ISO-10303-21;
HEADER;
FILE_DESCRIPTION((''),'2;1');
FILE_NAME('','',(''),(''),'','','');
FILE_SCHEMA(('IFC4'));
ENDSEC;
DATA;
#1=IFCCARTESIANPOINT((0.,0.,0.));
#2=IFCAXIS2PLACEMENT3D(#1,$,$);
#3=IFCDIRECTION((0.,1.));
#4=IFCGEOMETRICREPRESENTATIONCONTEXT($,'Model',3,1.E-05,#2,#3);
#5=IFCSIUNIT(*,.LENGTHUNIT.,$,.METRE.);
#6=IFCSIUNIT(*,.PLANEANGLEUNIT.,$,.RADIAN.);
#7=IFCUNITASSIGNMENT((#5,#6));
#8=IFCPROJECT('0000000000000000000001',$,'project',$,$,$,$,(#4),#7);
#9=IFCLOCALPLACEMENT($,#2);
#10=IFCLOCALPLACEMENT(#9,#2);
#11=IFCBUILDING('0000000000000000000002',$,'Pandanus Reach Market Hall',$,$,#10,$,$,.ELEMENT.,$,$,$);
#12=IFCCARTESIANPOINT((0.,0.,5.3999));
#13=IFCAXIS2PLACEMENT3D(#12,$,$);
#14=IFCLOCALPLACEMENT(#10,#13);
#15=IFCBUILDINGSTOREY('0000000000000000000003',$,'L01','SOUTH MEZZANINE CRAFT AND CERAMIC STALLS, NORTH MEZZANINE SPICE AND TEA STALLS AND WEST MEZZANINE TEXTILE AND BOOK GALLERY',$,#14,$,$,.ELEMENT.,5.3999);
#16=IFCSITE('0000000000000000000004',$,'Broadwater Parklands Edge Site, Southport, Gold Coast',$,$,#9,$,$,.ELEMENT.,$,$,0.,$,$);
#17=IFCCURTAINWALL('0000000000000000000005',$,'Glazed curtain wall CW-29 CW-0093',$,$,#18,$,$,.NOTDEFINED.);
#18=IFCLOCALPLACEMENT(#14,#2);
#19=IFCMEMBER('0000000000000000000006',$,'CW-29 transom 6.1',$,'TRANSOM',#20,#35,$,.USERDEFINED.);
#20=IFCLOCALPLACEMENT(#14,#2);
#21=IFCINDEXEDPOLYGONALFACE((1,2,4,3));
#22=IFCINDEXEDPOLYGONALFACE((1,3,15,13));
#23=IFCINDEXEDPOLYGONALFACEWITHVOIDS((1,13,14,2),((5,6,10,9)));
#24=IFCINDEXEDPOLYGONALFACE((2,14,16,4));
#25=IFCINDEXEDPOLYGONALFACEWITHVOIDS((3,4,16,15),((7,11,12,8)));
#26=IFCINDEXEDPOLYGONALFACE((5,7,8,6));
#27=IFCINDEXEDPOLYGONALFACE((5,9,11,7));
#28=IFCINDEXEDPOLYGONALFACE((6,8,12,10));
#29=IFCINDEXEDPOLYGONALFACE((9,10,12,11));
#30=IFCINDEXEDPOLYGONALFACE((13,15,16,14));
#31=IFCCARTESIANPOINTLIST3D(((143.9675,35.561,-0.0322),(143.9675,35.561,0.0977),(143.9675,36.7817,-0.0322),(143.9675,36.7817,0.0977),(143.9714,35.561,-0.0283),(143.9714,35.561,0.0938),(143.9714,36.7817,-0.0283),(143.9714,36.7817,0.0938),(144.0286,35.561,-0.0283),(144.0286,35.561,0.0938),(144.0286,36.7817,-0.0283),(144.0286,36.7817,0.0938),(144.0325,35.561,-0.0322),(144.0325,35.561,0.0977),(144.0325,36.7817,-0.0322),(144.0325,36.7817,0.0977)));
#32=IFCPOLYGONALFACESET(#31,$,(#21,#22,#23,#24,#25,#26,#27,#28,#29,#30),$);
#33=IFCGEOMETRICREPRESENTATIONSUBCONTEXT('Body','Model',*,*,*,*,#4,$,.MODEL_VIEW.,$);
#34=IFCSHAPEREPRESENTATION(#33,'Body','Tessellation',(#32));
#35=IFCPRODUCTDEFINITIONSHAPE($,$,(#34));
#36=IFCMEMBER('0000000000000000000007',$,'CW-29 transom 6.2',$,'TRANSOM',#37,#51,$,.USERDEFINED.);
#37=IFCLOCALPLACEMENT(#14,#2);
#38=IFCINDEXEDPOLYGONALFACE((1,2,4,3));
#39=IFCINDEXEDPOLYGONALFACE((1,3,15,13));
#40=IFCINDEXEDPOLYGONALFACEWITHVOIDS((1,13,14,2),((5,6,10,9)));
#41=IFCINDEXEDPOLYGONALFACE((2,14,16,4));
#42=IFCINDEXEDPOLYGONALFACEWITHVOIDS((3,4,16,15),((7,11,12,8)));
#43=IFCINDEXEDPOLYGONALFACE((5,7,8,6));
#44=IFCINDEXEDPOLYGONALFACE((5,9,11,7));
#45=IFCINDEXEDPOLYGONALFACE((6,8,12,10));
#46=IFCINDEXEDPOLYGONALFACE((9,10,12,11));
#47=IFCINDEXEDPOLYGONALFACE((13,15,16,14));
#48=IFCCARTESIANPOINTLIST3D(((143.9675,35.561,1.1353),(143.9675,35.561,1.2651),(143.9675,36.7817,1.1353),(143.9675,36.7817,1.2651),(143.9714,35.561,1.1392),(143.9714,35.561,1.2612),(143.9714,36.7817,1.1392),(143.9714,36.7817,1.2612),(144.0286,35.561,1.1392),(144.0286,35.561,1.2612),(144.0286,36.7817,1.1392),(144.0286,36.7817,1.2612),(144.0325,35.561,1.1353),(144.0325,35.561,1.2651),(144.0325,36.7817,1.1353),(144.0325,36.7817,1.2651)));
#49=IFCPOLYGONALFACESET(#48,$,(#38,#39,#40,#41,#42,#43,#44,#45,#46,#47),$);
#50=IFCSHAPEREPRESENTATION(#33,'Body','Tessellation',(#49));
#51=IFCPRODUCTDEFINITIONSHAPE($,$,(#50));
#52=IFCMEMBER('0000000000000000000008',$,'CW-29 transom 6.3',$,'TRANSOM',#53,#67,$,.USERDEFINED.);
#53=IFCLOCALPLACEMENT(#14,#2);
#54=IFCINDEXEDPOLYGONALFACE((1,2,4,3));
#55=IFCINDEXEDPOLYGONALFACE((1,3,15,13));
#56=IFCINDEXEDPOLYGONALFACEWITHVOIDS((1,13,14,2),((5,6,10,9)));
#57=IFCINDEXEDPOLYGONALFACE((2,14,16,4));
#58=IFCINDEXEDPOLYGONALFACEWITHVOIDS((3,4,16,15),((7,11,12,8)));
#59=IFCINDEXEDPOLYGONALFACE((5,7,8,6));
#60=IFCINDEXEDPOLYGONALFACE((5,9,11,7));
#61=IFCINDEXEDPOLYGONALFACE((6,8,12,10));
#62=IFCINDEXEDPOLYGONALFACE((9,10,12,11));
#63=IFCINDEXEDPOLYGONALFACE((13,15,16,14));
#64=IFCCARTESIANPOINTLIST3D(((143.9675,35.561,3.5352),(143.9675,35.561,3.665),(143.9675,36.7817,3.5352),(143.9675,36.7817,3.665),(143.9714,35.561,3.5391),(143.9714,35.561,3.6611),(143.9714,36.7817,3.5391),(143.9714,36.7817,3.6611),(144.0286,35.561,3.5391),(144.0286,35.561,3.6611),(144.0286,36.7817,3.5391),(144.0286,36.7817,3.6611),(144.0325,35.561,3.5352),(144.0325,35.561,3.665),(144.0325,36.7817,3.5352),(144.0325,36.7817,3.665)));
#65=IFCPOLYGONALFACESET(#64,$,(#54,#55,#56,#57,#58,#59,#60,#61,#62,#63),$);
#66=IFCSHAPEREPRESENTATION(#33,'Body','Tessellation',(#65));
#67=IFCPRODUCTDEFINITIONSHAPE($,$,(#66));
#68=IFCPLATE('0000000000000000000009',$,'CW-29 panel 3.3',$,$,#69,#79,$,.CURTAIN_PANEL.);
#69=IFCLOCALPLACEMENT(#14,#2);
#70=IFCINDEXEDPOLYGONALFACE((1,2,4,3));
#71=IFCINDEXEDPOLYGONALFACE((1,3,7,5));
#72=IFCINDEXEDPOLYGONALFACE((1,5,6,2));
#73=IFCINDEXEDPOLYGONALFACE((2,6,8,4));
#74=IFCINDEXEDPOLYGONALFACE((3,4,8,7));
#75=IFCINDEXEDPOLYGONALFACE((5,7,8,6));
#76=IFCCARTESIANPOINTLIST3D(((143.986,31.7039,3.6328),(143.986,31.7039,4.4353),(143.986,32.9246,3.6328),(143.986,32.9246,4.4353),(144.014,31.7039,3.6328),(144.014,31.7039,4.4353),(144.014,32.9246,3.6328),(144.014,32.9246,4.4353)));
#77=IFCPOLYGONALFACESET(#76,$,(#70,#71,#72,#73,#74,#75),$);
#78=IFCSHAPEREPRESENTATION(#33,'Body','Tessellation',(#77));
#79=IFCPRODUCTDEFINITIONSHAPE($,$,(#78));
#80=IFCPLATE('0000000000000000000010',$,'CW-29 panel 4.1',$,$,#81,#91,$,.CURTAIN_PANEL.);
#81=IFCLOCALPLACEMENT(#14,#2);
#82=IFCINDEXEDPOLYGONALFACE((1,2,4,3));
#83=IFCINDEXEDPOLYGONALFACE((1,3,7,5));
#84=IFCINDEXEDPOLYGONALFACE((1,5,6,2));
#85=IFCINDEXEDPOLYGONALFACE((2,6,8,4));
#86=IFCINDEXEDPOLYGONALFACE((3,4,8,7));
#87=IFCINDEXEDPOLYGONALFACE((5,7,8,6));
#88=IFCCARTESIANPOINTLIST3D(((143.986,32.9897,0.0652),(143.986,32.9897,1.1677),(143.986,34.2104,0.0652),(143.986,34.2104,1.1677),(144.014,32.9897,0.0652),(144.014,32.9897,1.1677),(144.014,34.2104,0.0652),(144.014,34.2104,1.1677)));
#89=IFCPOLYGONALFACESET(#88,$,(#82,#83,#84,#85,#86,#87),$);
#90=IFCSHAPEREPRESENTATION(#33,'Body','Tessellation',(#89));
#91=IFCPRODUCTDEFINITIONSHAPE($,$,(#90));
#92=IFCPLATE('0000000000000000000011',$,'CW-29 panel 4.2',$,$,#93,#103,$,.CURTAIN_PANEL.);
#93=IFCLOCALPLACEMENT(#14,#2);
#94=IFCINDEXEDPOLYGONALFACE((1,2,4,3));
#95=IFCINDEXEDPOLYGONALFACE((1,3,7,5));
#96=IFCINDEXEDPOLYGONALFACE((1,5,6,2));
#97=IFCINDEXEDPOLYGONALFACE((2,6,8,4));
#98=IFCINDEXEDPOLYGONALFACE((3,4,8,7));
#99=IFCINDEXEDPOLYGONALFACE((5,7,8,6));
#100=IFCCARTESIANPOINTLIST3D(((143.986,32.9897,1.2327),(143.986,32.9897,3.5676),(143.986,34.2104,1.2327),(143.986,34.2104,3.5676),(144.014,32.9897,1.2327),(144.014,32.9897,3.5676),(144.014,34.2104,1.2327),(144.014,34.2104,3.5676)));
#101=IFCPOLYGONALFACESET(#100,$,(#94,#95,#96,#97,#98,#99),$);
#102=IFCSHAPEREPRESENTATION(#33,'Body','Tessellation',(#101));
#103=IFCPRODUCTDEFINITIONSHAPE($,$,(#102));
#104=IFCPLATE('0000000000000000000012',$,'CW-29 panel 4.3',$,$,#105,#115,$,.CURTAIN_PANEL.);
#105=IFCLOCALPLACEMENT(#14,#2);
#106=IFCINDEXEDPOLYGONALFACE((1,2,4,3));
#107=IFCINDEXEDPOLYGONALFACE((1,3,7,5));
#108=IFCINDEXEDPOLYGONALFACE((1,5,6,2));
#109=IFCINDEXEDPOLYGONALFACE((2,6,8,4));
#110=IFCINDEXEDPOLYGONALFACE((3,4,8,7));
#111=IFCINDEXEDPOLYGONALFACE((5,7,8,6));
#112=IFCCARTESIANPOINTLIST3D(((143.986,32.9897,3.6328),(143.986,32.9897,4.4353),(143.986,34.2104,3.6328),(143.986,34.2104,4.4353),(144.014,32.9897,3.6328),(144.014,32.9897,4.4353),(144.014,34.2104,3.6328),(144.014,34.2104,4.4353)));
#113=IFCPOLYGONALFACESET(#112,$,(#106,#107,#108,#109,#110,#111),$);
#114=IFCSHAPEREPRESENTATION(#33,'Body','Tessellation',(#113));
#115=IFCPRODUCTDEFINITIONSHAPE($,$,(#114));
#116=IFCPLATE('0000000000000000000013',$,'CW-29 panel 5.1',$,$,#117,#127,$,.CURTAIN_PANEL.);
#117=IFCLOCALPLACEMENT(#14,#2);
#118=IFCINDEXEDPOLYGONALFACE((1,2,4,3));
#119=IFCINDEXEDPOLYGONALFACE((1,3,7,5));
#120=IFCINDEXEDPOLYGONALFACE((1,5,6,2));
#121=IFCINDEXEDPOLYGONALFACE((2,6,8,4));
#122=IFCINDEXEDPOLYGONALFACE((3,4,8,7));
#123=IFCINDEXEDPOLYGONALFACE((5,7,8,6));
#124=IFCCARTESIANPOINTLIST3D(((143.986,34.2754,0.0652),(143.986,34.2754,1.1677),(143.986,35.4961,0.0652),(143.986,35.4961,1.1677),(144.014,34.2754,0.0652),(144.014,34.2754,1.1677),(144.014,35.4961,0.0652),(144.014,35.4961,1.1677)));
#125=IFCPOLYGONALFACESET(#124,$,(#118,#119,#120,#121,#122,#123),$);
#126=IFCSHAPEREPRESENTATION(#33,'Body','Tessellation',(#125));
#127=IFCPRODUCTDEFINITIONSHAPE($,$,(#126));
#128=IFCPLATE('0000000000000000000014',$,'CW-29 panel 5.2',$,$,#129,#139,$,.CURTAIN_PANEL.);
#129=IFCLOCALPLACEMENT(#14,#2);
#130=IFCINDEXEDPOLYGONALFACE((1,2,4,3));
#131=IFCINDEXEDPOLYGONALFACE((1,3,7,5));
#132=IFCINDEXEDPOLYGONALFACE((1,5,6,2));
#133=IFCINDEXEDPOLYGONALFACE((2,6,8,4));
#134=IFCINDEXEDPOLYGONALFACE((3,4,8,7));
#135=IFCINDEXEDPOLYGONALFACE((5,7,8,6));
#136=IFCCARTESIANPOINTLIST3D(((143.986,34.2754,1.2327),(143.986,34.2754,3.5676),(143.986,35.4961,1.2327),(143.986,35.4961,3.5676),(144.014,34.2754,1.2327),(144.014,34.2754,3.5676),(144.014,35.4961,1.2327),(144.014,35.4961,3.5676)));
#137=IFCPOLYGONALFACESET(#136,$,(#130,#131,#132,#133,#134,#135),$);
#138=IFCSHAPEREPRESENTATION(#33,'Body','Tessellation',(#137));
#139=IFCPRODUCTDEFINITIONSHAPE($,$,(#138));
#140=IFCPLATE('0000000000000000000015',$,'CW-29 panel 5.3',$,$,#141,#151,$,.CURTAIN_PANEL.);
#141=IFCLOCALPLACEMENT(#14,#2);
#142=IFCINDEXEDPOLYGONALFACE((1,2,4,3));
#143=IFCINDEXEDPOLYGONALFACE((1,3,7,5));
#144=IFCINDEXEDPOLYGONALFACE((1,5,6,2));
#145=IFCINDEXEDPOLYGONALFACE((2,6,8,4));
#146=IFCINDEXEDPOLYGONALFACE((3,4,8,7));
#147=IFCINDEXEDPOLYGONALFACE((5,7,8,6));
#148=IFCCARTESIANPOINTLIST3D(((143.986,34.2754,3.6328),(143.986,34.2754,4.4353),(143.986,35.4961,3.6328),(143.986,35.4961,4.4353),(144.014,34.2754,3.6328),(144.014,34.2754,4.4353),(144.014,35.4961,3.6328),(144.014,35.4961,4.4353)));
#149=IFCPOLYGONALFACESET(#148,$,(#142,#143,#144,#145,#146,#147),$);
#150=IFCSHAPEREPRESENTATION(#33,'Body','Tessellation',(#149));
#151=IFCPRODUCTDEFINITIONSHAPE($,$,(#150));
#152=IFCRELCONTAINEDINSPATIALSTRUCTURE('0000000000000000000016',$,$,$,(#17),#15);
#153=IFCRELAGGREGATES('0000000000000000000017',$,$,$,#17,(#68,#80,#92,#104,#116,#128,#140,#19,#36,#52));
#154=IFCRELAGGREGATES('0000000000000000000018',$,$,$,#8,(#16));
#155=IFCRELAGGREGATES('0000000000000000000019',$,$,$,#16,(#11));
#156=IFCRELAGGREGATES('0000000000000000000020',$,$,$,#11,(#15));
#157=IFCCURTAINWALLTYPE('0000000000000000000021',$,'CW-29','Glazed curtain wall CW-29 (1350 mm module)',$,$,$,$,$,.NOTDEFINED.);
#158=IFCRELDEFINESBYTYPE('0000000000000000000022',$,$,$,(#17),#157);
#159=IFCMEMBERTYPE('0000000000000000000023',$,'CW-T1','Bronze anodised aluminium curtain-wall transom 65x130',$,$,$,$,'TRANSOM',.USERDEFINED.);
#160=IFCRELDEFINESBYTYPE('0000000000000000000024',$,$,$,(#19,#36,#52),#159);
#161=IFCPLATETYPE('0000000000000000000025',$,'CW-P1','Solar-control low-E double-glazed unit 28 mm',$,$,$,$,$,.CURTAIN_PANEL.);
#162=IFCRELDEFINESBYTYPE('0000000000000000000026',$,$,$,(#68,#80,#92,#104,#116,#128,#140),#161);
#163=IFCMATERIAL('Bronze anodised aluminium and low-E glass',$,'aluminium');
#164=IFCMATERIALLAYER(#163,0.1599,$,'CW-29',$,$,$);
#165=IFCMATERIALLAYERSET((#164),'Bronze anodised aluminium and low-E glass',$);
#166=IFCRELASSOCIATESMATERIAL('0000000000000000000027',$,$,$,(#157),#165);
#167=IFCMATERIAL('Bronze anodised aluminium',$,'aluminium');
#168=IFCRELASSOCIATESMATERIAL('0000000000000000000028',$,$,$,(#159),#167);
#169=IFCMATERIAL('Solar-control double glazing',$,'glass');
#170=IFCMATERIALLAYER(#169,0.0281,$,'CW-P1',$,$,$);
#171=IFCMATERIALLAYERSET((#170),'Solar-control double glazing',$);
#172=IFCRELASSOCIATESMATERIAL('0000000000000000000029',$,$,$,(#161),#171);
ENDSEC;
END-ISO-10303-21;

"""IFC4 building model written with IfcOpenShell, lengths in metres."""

from ifc_helpers import new_model, si_unit, direction, frame, origin, origin_2d, place, context, subcontext, project, spatial, rectangle, hollow_rectangle, extrude, material, layer, layer_set, material_profile, profile_set, type_object, element, aggregate, save


model = new_model("IFC4")

# Units and contexts
model_context = context("Model", 3, precision=1e-05, world=origin(), true_north=direction((0.0, 1.0)))
body_context = subcontext(model_context, "Body", "Model", "MODEL_VIEW")
ifc_project = project(units=[si_unit("LENGTHUNIT", "METRE"), si_unit("PLANEANGLEUNIT", "RADIAN")], contexts=[model_context])

# Site, building, storey
site_placement = place(None, origin())
site = spatial("IfcSite", under=ifc_project, at=site_placement, Name="Broadwater Parklands Edge Site, Southport, Gold Coast", CompositionType="ELEMENT", RefElevation=0.0)
building_placement = place(site_placement, origin())
building = spatial("IfcBuilding", under=site, at=building_placement, Name="Pandanus Reach Market Hall", CompositionType="ELEMENT")
storey_placement = place(building_placement, frame((0.0, 0.0, 5.3999)))
storey = spatial("IfcBuildingStorey", under=building, at=storey_placement, Name="L01", Description="SOUTH MEZZANINE CRAFT AND CERAMIC STALLS, NORTH MEZZANINE SPICE AND TEA STALLS AND WEST MEZZANINE TEXTILE AND BOOK GALLERY", CompositionType="ELEMENT", Elevation=5.3999)

# Curtain wall, members, plates
ifc_material_1 = material(Name="Bronze anodised aluminium and low-E glass", Category="aluminium")
ifc_layer_1 = layer(ifc_material_1, 0.1599, Name="CW-29")
ifc_layer_set_1 = layer_set([ifc_layer_1], Name="Bronze anodised aluminium and low-E glass")
curtain_wall_type = type_object("IfcCurtainWallType", Name="CW-29", Description="Glazed curtain wall CW-29 (1350 mm module)", PredefinedType="NOTDEFINED", material=ifc_layer_set_1)
curtain_wall_placement = place(storey_placement, origin())
curtain_wall = element("IfcCurtainWall", 1, at=curtain_wall_placement, inside=storey, type_object=curtain_wall_type, Name="Glazed curtain wall CW-29 CW-0093", PredefinedType="NOTDEFINED")
ifc_material_2 = material(Name="Bronze anodised aluminium", Category="aluminium")
ifc_material_profile_1 = material_profile(ifc_material_2, hollow_rectangle(XDim=0.0649, YDim=0.1299, WallThickness=0.0039, at=origin_2d()), Name="ALU65x130", Category="LoadBearing")
ifc_profile_set_1 = profile_set([ifc_material_profile_1], Name="Bronze anodised aluminium")
member_type_1 = type_object("IfcMemberType", Name="CW-T1", Description="Bronze anodised aluminium curtain-wall transom 65x130", ElementType="TRANSOM", PredefinedType="USERDEFINED", material=ifc_profile_set_1)
member_1_placement = place(storey_placement, frame((144.0, 35.561, 0.0327), z_axis=(0.0, 1.0, 0.0), x_axis=(-1.0, 0.0, 0.0)))
member_1 = element("IfcMember", 2, at=member_1_placement, type_object=member_type_1, Name="CW-29 transom 6.1", ObjectType="TRANSOM", PredefinedType="USERDEFINED", context=body_context, shape_type="SweptSolid", body=[
    extrude(hollow_rectangle(XDim=0.0649, YDim=0.1299, WallThickness=0.0039, at=origin_2d()), origin(), (0.0, 0.0, 1.0), 1.2207),
])
member_2_placement = place(storey_placement, frame((144.0, 35.561, 1.2002), z_axis=(0.0, 1.0, 0.0), x_axis=(-1.0, 0.0, 0.0)))
member_2 = element("IfcMember", 3, at=member_2_placement, type_object=member_type_1, Name="CW-29 transom 6.2", ObjectType="TRANSOM", PredefinedType="USERDEFINED", context=body_context, shape_type="SweptSolid", body=[
    extrude(hollow_rectangle(XDim=0.0649, YDim=0.1299, WallThickness=0.0039, at=origin_2d()), origin(), (0.0, 0.0, 1.0), 1.2207),
])
member_3_placement = place(storey_placement, frame((144.0, 35.561, 3.6001), z_axis=(0.0, 1.0, 0.0), x_axis=(-1.0, 0.0, 0.0)))
member_3 = element("IfcMember", 4, at=member_3_placement, type_object=member_type_1, Name="CW-29 transom 6.3", ObjectType="TRANSOM", PredefinedType="USERDEFINED", context=body_context, shape_type="SweptSolid", body=[
    extrude(hollow_rectangle(XDim=0.0649, YDim=0.1299, WallThickness=0.0039, at=origin_2d()), origin(), (0.0, 0.0, 1.0), 1.2207),
])
ifc_material_3 = material(Name="Solar-control double glazing", Category="glass")
ifc_layer_2 = layer(ifc_material_3, 0.0281, Name="CW-P1")
ifc_layer_set_2 = layer_set([ifc_layer_2], Name="Solar-control double glazing")
plate_type = type_object("IfcPlateType", Name="CW-P1", Description="Solar-control low-E double-glazed unit 28 mm", PredefinedType="CURTAIN_PANEL", material=ifc_layer_set_2)
plate_1_placement = place(storey_placement, frame((144.0, 32.3142, 3.6328), z_axis=(0.0, 0.0, 1.0), x_axis=(0.0, 1.0, 0.0)))
plate_1 = element("IfcPlate", 5, at=plate_1_placement, type_object=plate_type, Name="CW-29 panel 3.3", PredefinedType="CURTAIN_PANEL", context=body_context, shape_type="SweptSolid", body=[
    extrude(rectangle(XDim=1.2207, YDim=0.0281, at=origin_2d()), origin(), (0.0, 0.0, 1.0), 0.8025),
])
plate_2_placement = place(storey_placement, frame((144.0, 33.6001, 0.0652), z_axis=(0.0, 0.0, 1.0), x_axis=(0.0, 1.0, 0.0)))
plate_2 = element("IfcPlate", 6, at=plate_2_placement, type_object=plate_type, Name="CW-29 panel 4.1", PredefinedType="CURTAIN_PANEL", context=body_context, shape_type="SweptSolid", body=[
    extrude(rectangle(XDim=1.2207, YDim=0.0281, at=origin_2d()), origin(), (0.0, 0.0, 1.0), 1.1025),
])
plate_3_placement = place(storey_placement, frame((144.0, 33.6001, 1.2327), z_axis=(0.0, 0.0, 1.0), x_axis=(0.0, 1.0, 0.0)))
plate_3 = element("IfcPlate", 7, at=plate_3_placement, type_object=plate_type, Name="CW-29 panel 4.2", PredefinedType="CURTAIN_PANEL", context=body_context, shape_type="SweptSolid", body=[
    extrude(rectangle(XDim=1.2207, YDim=0.0281, at=origin_2d()), origin(), (0.0, 0.0, 1.0), 2.335),
])
plate_4_placement = place(storey_placement, frame((144.0, 33.6001, 3.6328), z_axis=(0.0, 0.0, 1.0), x_axis=(0.0, 1.0, 0.0)))
plate_4 = element("IfcPlate", 8, at=plate_4_placement, type_object=plate_type, Name="CW-29 panel 4.3", PredefinedType="CURTAIN_PANEL", context=body_context, shape_type="SweptSolid", body=[
    extrude(rectangle(XDim=1.2207, YDim=0.0281, at=origin_2d()), origin(), (0.0, 0.0, 1.0), 0.8025),
])
plate_5_placement = place(storey_placement, frame((144.0, 34.8857, 0.0652), z_axis=(0.0, 0.0, 1.0), x_axis=(0.0, 1.0, 0.0)))
plate_5 = element("IfcPlate", 9, at=plate_5_placement, type_object=plate_type, Name="CW-29 panel 5.1", PredefinedType="CURTAIN_PANEL", context=body_context, shape_type="SweptSolid", body=[
    extrude(rectangle(XDim=1.2207, YDim=0.0281, at=origin_2d()), origin(), (0.0, 0.0, 1.0), 1.1025),
])
plate_6_placement = place(storey_placement, frame((144.0, 34.8857, 1.2327), z_axis=(0.0, 0.0, 1.0), x_axis=(0.0, 1.0, 0.0)))
plate_6 = element("IfcPlate", 10, at=plate_6_placement, type_object=plate_type, Name="CW-29 panel 5.2", PredefinedType="CURTAIN_PANEL", context=body_context, shape_type="SweptSolid", body=[
    extrude(rectangle(XDim=1.2207, YDim=0.0281, at=origin_2d()), origin(), (0.0, 0.0, 1.0), 2.335),
])
plate_7_placement = place(storey_placement, frame((144.0, 34.8857, 3.6328), z_axis=(0.0, 0.0, 1.0), x_axis=(0.0, 1.0, 0.0)))
plate_7 = element("IfcPlate", 11, at=plate_7_placement, type_object=plate_type, Name="CW-29 panel 5.3", PredefinedType="CURTAIN_PANEL", context=body_context, shape_type="SweptSolid", body=[
    extrude(rectangle(XDim=1.2207, YDim=0.0281, at=origin_2d()), origin(), (0.0, 0.0, 1.0), 0.8025),
])
aggregate(curtain_wall, [plate_1, plate_2, plate_3, plate_4, plate_5, plate_6, plate_7, member_1, member_2, member_3])

save(model, "model.ifc")
